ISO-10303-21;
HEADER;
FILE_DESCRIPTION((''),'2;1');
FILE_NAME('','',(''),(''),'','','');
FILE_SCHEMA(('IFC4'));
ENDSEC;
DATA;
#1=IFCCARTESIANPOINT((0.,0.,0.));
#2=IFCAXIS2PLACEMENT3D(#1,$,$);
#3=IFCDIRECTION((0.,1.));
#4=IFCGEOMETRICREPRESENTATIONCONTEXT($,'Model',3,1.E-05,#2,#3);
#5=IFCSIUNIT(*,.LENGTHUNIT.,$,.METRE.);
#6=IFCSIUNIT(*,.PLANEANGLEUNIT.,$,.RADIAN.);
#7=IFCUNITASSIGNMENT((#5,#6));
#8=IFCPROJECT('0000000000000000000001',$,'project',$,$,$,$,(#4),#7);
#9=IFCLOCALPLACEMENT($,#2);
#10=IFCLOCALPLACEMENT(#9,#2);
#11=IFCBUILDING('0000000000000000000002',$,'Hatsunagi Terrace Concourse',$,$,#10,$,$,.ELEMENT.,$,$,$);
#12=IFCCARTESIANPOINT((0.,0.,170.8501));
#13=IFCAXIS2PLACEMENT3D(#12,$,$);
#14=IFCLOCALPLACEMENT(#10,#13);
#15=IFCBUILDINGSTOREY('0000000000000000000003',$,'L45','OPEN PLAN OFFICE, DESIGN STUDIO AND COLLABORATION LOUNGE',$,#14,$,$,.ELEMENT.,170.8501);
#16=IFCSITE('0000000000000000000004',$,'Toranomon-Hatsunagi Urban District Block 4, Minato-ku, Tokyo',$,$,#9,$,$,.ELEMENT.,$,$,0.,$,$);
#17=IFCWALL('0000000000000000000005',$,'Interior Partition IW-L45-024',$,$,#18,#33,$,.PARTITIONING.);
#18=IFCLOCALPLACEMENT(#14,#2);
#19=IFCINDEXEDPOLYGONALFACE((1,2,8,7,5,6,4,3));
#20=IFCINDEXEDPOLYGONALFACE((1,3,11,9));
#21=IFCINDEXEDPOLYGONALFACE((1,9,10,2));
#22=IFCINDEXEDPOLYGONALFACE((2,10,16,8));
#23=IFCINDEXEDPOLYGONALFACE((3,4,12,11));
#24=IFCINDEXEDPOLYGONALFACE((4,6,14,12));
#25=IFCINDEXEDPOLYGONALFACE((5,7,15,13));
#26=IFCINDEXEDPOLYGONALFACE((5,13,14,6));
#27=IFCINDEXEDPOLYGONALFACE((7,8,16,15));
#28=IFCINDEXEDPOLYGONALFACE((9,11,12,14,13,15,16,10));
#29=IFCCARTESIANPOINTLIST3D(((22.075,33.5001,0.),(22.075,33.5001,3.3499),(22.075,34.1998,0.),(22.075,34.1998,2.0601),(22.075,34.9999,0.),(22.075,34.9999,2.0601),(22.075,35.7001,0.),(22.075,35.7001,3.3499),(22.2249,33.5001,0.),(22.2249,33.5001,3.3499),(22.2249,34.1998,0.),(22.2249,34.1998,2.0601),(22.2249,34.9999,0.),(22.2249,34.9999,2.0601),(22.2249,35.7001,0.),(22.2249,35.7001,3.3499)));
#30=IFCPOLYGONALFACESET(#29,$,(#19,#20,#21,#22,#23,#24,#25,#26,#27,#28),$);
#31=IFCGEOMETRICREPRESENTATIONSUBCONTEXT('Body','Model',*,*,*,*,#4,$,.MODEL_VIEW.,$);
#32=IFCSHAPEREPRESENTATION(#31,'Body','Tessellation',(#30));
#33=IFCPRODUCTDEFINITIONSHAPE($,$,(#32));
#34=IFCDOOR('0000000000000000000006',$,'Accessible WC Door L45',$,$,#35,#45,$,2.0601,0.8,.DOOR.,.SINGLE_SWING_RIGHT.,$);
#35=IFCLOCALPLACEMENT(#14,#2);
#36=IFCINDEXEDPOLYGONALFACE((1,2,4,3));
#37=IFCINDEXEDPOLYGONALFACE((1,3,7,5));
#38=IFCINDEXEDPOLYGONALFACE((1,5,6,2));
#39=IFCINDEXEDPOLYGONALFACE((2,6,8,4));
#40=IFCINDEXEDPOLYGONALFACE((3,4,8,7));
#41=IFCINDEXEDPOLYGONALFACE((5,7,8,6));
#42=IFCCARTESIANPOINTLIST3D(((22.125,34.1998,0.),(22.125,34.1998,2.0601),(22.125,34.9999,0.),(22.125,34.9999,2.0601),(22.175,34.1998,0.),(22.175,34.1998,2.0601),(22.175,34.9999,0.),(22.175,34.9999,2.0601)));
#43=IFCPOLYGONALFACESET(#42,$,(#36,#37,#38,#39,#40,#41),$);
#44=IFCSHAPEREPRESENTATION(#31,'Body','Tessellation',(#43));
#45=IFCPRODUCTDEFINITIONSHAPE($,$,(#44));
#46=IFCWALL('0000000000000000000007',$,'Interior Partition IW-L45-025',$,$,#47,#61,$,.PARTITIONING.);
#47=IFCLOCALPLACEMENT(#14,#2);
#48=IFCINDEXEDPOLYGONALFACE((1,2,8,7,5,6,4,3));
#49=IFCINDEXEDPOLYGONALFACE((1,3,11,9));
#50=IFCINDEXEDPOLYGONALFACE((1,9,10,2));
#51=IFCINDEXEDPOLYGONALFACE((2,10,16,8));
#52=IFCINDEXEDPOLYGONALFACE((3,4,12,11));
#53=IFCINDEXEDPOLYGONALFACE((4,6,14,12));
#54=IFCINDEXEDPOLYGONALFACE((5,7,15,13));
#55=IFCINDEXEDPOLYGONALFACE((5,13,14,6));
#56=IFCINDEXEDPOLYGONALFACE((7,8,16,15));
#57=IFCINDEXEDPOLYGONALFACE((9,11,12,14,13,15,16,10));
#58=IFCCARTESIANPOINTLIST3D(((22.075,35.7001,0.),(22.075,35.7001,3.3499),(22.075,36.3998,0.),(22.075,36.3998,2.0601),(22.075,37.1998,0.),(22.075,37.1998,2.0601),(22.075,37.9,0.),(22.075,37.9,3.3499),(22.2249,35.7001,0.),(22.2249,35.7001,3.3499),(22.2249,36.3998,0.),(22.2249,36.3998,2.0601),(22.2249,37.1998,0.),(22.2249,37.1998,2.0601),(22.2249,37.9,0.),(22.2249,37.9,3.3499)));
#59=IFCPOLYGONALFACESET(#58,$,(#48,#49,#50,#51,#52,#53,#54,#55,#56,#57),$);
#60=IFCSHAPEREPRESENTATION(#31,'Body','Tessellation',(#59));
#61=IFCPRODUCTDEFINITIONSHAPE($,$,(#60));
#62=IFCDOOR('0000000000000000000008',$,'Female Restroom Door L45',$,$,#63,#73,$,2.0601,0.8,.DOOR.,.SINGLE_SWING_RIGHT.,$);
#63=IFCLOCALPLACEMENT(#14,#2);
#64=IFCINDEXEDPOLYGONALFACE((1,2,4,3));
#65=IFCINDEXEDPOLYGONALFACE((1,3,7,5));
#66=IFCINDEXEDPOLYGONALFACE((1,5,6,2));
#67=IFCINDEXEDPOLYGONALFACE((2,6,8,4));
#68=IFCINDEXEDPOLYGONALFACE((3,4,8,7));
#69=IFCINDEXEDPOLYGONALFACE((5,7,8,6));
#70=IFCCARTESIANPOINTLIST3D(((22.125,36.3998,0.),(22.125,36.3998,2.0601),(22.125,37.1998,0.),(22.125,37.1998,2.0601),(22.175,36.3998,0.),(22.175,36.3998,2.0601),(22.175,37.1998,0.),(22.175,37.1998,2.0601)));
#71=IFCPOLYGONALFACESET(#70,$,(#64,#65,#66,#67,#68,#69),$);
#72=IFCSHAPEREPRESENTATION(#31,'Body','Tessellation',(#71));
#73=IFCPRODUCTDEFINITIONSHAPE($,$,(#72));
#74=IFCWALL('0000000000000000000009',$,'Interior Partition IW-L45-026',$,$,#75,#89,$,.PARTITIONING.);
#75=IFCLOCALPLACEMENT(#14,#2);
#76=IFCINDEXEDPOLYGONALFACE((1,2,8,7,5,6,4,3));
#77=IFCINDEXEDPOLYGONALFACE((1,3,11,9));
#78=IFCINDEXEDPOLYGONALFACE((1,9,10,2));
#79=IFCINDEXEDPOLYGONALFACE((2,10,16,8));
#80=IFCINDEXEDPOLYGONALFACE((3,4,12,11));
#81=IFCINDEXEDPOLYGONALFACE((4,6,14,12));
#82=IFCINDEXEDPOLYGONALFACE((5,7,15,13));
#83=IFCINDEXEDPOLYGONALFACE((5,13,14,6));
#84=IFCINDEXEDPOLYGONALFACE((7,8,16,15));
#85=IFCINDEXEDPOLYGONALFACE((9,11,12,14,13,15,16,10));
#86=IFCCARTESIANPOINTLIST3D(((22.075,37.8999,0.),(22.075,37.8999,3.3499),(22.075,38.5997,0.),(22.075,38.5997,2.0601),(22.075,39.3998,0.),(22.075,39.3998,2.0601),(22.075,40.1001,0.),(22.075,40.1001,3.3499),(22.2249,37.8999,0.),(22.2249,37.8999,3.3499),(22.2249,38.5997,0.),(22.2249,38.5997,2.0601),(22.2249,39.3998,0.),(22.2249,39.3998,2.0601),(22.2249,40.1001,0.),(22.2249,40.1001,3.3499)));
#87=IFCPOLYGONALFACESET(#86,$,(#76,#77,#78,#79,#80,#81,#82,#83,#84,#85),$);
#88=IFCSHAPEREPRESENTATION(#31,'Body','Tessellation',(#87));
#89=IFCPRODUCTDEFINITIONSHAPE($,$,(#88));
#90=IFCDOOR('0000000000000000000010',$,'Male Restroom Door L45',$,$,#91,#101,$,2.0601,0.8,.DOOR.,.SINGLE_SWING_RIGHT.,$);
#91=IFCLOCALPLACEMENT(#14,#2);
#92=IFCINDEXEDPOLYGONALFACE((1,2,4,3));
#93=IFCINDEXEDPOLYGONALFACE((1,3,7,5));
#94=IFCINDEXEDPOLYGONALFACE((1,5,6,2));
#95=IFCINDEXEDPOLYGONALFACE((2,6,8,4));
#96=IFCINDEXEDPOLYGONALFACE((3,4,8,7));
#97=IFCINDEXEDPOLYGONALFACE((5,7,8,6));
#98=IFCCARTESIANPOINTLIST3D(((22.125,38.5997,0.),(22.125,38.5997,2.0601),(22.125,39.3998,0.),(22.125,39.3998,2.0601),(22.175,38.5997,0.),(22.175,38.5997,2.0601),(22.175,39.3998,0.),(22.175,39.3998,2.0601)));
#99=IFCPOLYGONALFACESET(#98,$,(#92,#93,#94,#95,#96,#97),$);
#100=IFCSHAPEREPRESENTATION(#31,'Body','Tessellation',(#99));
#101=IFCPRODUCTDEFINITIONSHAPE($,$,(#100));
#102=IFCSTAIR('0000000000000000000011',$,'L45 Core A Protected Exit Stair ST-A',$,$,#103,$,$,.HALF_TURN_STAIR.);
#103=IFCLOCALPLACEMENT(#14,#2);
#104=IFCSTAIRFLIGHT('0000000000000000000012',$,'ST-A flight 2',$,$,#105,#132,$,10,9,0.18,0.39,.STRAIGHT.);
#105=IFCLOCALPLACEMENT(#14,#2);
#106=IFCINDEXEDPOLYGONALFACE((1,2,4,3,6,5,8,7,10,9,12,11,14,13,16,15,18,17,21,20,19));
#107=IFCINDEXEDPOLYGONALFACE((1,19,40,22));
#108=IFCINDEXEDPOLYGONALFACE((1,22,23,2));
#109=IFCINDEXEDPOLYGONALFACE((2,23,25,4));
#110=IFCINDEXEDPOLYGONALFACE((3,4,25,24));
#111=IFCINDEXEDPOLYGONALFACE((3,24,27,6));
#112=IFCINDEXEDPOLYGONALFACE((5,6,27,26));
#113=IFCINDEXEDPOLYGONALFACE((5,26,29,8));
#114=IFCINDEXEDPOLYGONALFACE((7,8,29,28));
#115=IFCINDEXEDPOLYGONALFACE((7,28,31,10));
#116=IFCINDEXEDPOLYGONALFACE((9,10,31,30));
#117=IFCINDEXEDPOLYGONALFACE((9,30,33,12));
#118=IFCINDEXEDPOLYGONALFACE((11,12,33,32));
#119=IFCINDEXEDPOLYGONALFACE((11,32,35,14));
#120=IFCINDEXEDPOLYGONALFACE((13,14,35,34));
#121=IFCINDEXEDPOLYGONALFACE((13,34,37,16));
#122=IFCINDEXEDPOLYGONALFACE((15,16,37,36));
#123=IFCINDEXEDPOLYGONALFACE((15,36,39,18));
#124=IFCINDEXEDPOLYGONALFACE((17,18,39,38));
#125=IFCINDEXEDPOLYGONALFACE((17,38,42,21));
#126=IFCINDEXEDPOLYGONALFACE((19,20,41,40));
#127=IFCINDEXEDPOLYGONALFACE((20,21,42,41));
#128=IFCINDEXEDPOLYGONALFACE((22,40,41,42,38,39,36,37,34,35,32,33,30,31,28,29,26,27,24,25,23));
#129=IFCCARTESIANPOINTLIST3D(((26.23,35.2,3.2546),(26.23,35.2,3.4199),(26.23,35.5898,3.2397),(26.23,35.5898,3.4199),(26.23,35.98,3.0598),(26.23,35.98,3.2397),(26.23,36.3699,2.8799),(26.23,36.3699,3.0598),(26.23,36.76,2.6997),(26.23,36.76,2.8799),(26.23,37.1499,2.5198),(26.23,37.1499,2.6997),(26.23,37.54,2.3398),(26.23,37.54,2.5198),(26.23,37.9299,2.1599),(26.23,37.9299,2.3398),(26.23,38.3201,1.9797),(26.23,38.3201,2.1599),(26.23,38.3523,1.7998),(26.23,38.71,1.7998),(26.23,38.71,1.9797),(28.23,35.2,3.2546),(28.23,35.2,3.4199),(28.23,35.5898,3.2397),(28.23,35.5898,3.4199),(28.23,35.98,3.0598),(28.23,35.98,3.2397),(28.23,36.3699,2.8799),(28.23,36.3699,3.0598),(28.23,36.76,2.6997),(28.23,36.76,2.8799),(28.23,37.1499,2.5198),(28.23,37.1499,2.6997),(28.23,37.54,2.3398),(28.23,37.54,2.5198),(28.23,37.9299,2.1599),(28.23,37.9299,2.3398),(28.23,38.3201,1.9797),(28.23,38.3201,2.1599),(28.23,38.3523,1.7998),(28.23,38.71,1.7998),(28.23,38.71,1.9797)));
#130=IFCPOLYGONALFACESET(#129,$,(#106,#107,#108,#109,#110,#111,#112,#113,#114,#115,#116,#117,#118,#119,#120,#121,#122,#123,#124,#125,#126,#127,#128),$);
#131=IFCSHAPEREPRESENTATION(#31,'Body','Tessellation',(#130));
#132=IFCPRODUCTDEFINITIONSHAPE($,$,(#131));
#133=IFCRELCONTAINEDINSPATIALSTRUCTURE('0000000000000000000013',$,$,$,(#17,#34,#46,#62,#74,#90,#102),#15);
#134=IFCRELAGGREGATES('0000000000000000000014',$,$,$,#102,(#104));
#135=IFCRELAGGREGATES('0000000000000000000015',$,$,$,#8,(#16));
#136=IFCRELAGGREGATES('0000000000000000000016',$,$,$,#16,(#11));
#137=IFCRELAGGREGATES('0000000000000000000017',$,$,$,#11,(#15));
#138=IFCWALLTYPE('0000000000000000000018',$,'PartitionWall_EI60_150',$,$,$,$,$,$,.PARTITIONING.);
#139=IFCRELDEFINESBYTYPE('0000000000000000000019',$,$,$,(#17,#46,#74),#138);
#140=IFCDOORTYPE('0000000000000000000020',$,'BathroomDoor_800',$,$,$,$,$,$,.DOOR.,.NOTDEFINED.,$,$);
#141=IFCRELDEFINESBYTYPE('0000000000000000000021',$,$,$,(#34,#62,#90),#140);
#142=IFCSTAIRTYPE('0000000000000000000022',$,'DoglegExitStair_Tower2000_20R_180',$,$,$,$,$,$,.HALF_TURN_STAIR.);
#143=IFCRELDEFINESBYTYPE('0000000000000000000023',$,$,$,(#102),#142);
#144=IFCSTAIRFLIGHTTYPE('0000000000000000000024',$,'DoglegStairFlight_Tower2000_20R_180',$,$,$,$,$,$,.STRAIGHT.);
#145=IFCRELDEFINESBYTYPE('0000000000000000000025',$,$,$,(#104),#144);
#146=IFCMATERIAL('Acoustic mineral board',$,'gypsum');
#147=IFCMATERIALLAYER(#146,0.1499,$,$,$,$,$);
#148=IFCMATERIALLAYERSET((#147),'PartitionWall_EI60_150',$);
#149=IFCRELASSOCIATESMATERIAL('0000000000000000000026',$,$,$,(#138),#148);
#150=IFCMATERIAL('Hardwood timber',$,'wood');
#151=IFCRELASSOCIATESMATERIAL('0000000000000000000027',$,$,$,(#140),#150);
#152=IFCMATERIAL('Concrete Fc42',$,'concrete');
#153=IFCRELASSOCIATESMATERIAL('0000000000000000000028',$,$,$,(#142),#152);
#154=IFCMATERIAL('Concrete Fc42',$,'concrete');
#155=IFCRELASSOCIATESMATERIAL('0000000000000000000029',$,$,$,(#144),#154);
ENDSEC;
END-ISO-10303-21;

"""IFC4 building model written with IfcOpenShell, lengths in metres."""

from ifc_helpers import new_model, si_unit, direction, frame, frame_2d, origin, place, context, subcontext, project, spatial, polyline, rectangle, outline, extrude, material, layer, layer_set, type_object, element, fill, aggregate, save


model = new_model("IFC4")

# Units and contexts
model_context = context("Model", 3, precision=1e-05, world=origin(), true_north=direction((0.0, 1.0)))
body_context = subcontext(model_context, "Body", "Model", "MODEL_VIEW")
ifc_project = project(units=[si_unit("LENGTHUNIT", "METRE"), si_unit("PLANEANGLEUNIT", "RADIAN")], contexts=[model_context])

# Site, building, storey
site_placement = place(None, origin())
site = spatial("IfcSite", under=ifc_project, at=site_placement, Name="Toranomon-Hatsunagi Urban District Block 4, Minato-ku, Tokyo", CompositionType="ELEMENT", RefElevation=0.0)
building_placement = place(site_placement, origin())
building = spatial("IfcBuilding", under=site, at=building_placement, Name="Hatsunagi Terrace Concourse", CompositionType="ELEMENT")
storey_placement = place(building_placement, frame((0.0, 0.0, 170.8501)))
storey = spatial("IfcBuildingStorey", under=building, at=storey_placement, Name="L45", Description="OPEN PLAN OFFICE, DESIGN STUDIO AND COLLABORATION LOUNGE", CompositionType="ELEMENT", Elevation=170.8501)

# Shared definitions
ifc_material_1 = material(Name="Acoustic mineral board", Category="gypsum")
ifc_layer_1 = layer(ifc_material_1, 0.1499)
ifc_layer_set_1 = layer_set([ifc_layer_1], Name="PartitionWall_EI60_150")
wall_type_1 = type_object("IfcWallType", Name="PartitionWall_EI60_150", PredefinedType="PARTITIONING", material=ifc_layer_set_1)

# Walls, openings, doors
wall_1_placement = place(storey_placement, frame((22.1499, 33.5, 0.0), z_axis=(0.0, 0.0, 1.0), x_axis=(0.0, 1.0, 0.0)))
wall_1 = element("IfcWall", 1, at=wall_1_placement, inside=storey, type_object=wall_type_1, Name="Interior Partition IW-L45-024", PredefinedType="PARTITIONING", context=body_context, shape_type="SweptSolid", body=[
    extrude(rectangle(XDim=2.2, YDim=0.1499, at=frame_2d((1.1001, 0.0))), origin(), (0.0, 0.0, 1.0), 3.3499),
])
opening_1_placement = place(wall_1_placement, frame((0.7, 0.0, 0.0)))
opening_1 = element("IfcOpeningElement", 2, at=opening_1_placement, cuts=wall_1, PredefinedType="OPENING", context=body_context, shape_type="SweptSolid", body=[
    extrude(rectangle(XDim=0.8, YDim=2.0601, at=frame_2d((0.3999, 1.03))), frame((0.0, 0.085, 0.0), z_axis=(0.0, -1.0, 0.0), x_axis=(1.0, 0.0, 0.0)), (0.0, 0.0, 1.0), 0.1699),
])
ifc_material_2 = material(Name="Hardwood timber", Category="wood")
door_type_1 = type_object("IfcDoorType", Name="BathroomDoor_800", OperationType="NOTDEFINED", PredefinedType="DOOR", material=ifc_material_2)
door_1_placement = place(opening_1_placement, origin())
door_1 = element("IfcDoor", 3, at=door_1_placement, inside=storey, type_object=door_type_1, Name="Accessible WC Door L45", OperationType="SINGLE_SWING_RIGHT", OverallHeight=2.0601, OverallWidth=0.8, PredefinedType="DOOR", context=body_context, shape_type="SweptSolid", body=[
    extrude(rectangle(XDim=0.8, YDim=2.0601, at=frame_2d((0.3999, 1.03))), frame((0.0, 0.0249, 0.0), z_axis=(0.0, -1.0, 0.0), x_axis=(1.0, 0.0, 0.0)), (0.0, 0.0, 1.0), 0.05),
])
fill(opening_1, door_1)
wall_2_placement = place(storey_placement, frame((22.1499, 35.7, 0.0), z_axis=(0.0, 0.0, 1.0), x_axis=(0.0, 1.0, 0.0)))
wall_2 = element("IfcWall", 4, at=wall_2_placement, inside=storey, type_object=wall_type_1, Name="Interior Partition IW-L45-025", PredefinedType="PARTITIONING", context=body_context, shape_type="SweptSolid", body=[
    extrude(rectangle(XDim=2.2, YDim=0.1499, at=frame_2d((1.1001, 0.0))), origin(), (0.0, 0.0, 1.0), 3.3499),
])
opening_2_placement = place(wall_2_placement, frame((0.7, 0.0, 0.0)))
opening_2 = element("IfcOpeningElement", 5, at=opening_2_placement, cuts=wall_2, PredefinedType="OPENING", context=body_context, shape_type="SweptSolid", body=[
    extrude(rectangle(XDim=0.8, YDim=2.0601, at=frame_2d((0.3999, 1.03))), frame((0.0, 0.085, 0.0), z_axis=(0.0, -1.0, 0.0), x_axis=(1.0, 0.0, 0.0)), (0.0, 0.0, 1.0), 0.1699),
])
door_2_placement = place(opening_2_placement, origin())
door_2 = element("IfcDoor", 6, at=door_2_placement, inside=storey, type_object=door_type_1, Name="Female Restroom Door L45", OperationType="SINGLE_SWING_RIGHT", OverallHeight=2.0601, OverallWidth=0.8, PredefinedType="DOOR", context=body_context, shape_type="SweptSolid", body=[
    extrude(rectangle(XDim=0.8, YDim=2.0601, at=frame_2d((0.3999, 1.03))), frame((0.0, 0.0249, 0.0), z_axis=(0.0, -1.0, 0.0), x_axis=(1.0, 0.0, 0.0)), (0.0, 0.0, 1.0), 0.05),
])
fill(opening_2, door_2)
wall_3_placement = place(storey_placement, frame((22.1499, 37.8999, 0.0), z_axis=(0.0, 0.0, 1.0), x_axis=(0.0, 1.0, 0.0)))
wall_3 = element("IfcWall", 7, at=wall_3_placement, inside=storey, type_object=wall_type_1, Name="Interior Partition IW-L45-026", PredefinedType="PARTITIONING", context=body_context, shape_type="SweptSolid", body=[
    extrude(rectangle(XDim=2.2002, YDim=0.1499, at=frame_2d((1.1001, 0.0))), origin(), (0.0, 0.0, 1.0), 3.3499),
])
opening_3_placement = place(wall_3_placement, frame((0.7, 0.0, 0.0)))
opening_3 = element("IfcOpeningElement", 8, at=opening_3_placement, cuts=wall_3, PredefinedType="OPENING", context=body_context, shape_type="SweptSolid", body=[
    extrude(rectangle(XDim=0.8, YDim=2.0601, at=frame_2d((0.3999, 1.03))), frame((0.0, 0.085, 0.0), z_axis=(0.0, -1.0, 0.0), x_axis=(1.0, 0.0, 0.0)), (0.0, 0.0, 1.0), 0.1699),
])
door_3_placement = place(opening_3_placement, origin())
door_3 = element("IfcDoor", 9, at=door_3_placement, inside=storey, type_object=door_type_1, Name="Male Restroom Door L45", OperationType="SINGLE_SWING_RIGHT", OverallHeight=2.0601, OverallWidth=0.8, PredefinedType="DOOR", context=body_context, shape_type="SweptSolid", body=[
    extrude(rectangle(XDim=0.8, YDim=2.0601, at=frame_2d((0.3999, 1.03))), frame((0.0, 0.0249, 0.0), z_axis=(0.0, -1.0, 0.0), x_axis=(1.0, 0.0, 0.0)), (0.0, 0.0, 1.0), 0.05),
])
fill(opening_3, door_3)

# Stair, stair flight
ifc_material_3 = material(Name="Concrete Fc42", Category="concrete")
stair_type = type_object("IfcStairType", Name="DoglegExitStair_Tower2000_20R_180", PredefinedType="HALF_TURN_STAIR", material=ifc_material_3)
stair_placement = place(storey_placement, origin())
stair = element("IfcStair", 10, at=stair_placement, inside=storey, type_object=stair_type, Name="L45 Core A Protected Exit Stair ST-A", PredefinedType="HALF_TURN_STAIR")
ifc_material_4 = material(Name="Concrete Fc42", Category="concrete")
stair_flight_type = type_object("IfcStairFlightType", Name="DoglegStairFlight_Tower2000_20R_180", PredefinedType="STRAIGHT", material=ifc_material_4)
stair_flight_placement = place(storey_placement, frame((27.23, 38.71, 1.7998), z_axis=(0.0, 0.0, 1.0), x_axis=(0.0, -1.0, 0.0)))
stair_flight = element("IfcStairFlight", 11, at=stair_flight_placement, type_object=stair_flight_type, Name="ST-A flight 2", NumberOfRisers=10, NumberOfTreads=9, PredefinedType="STRAIGHT", RiserHeight=0.18, TreadLength=0.39, context=body_context, shape_type="SweptSolid", body=[
    extrude(outline(polyline([(0.0, 0.0), (0.0, 0.1799), (0.3899, 0.1799), (0.3899, 0.3601), (0.78, 0.3601), (0.78, 0.54), (1.1699, 0.54), (1.1699, 0.72), (1.5601, 0.72), (1.5601, 0.8999), (1.95, 0.8999), (1.95, 1.0801), (2.3401, 1.0801), (2.3401, 1.26), (2.73, 1.26), (2.73, 1.4399), (3.1201, 1.4399), (3.1201, 1.6201), (3.51, 1.6201), (3.51, 1.8), (3.51, 1.4548), (0.3577, 0.0), (0.0, 0.0)])), frame((0.0, 1.0, 0.0), z_axis=(0.0, -1.0, 0.0), x_axis=(1.0, 0.0, 0.0)), (0.0, 0.0, 1.0), 2.0),
])
aggregate(stair, [stair_flight])

save(model, "model.ifc")
